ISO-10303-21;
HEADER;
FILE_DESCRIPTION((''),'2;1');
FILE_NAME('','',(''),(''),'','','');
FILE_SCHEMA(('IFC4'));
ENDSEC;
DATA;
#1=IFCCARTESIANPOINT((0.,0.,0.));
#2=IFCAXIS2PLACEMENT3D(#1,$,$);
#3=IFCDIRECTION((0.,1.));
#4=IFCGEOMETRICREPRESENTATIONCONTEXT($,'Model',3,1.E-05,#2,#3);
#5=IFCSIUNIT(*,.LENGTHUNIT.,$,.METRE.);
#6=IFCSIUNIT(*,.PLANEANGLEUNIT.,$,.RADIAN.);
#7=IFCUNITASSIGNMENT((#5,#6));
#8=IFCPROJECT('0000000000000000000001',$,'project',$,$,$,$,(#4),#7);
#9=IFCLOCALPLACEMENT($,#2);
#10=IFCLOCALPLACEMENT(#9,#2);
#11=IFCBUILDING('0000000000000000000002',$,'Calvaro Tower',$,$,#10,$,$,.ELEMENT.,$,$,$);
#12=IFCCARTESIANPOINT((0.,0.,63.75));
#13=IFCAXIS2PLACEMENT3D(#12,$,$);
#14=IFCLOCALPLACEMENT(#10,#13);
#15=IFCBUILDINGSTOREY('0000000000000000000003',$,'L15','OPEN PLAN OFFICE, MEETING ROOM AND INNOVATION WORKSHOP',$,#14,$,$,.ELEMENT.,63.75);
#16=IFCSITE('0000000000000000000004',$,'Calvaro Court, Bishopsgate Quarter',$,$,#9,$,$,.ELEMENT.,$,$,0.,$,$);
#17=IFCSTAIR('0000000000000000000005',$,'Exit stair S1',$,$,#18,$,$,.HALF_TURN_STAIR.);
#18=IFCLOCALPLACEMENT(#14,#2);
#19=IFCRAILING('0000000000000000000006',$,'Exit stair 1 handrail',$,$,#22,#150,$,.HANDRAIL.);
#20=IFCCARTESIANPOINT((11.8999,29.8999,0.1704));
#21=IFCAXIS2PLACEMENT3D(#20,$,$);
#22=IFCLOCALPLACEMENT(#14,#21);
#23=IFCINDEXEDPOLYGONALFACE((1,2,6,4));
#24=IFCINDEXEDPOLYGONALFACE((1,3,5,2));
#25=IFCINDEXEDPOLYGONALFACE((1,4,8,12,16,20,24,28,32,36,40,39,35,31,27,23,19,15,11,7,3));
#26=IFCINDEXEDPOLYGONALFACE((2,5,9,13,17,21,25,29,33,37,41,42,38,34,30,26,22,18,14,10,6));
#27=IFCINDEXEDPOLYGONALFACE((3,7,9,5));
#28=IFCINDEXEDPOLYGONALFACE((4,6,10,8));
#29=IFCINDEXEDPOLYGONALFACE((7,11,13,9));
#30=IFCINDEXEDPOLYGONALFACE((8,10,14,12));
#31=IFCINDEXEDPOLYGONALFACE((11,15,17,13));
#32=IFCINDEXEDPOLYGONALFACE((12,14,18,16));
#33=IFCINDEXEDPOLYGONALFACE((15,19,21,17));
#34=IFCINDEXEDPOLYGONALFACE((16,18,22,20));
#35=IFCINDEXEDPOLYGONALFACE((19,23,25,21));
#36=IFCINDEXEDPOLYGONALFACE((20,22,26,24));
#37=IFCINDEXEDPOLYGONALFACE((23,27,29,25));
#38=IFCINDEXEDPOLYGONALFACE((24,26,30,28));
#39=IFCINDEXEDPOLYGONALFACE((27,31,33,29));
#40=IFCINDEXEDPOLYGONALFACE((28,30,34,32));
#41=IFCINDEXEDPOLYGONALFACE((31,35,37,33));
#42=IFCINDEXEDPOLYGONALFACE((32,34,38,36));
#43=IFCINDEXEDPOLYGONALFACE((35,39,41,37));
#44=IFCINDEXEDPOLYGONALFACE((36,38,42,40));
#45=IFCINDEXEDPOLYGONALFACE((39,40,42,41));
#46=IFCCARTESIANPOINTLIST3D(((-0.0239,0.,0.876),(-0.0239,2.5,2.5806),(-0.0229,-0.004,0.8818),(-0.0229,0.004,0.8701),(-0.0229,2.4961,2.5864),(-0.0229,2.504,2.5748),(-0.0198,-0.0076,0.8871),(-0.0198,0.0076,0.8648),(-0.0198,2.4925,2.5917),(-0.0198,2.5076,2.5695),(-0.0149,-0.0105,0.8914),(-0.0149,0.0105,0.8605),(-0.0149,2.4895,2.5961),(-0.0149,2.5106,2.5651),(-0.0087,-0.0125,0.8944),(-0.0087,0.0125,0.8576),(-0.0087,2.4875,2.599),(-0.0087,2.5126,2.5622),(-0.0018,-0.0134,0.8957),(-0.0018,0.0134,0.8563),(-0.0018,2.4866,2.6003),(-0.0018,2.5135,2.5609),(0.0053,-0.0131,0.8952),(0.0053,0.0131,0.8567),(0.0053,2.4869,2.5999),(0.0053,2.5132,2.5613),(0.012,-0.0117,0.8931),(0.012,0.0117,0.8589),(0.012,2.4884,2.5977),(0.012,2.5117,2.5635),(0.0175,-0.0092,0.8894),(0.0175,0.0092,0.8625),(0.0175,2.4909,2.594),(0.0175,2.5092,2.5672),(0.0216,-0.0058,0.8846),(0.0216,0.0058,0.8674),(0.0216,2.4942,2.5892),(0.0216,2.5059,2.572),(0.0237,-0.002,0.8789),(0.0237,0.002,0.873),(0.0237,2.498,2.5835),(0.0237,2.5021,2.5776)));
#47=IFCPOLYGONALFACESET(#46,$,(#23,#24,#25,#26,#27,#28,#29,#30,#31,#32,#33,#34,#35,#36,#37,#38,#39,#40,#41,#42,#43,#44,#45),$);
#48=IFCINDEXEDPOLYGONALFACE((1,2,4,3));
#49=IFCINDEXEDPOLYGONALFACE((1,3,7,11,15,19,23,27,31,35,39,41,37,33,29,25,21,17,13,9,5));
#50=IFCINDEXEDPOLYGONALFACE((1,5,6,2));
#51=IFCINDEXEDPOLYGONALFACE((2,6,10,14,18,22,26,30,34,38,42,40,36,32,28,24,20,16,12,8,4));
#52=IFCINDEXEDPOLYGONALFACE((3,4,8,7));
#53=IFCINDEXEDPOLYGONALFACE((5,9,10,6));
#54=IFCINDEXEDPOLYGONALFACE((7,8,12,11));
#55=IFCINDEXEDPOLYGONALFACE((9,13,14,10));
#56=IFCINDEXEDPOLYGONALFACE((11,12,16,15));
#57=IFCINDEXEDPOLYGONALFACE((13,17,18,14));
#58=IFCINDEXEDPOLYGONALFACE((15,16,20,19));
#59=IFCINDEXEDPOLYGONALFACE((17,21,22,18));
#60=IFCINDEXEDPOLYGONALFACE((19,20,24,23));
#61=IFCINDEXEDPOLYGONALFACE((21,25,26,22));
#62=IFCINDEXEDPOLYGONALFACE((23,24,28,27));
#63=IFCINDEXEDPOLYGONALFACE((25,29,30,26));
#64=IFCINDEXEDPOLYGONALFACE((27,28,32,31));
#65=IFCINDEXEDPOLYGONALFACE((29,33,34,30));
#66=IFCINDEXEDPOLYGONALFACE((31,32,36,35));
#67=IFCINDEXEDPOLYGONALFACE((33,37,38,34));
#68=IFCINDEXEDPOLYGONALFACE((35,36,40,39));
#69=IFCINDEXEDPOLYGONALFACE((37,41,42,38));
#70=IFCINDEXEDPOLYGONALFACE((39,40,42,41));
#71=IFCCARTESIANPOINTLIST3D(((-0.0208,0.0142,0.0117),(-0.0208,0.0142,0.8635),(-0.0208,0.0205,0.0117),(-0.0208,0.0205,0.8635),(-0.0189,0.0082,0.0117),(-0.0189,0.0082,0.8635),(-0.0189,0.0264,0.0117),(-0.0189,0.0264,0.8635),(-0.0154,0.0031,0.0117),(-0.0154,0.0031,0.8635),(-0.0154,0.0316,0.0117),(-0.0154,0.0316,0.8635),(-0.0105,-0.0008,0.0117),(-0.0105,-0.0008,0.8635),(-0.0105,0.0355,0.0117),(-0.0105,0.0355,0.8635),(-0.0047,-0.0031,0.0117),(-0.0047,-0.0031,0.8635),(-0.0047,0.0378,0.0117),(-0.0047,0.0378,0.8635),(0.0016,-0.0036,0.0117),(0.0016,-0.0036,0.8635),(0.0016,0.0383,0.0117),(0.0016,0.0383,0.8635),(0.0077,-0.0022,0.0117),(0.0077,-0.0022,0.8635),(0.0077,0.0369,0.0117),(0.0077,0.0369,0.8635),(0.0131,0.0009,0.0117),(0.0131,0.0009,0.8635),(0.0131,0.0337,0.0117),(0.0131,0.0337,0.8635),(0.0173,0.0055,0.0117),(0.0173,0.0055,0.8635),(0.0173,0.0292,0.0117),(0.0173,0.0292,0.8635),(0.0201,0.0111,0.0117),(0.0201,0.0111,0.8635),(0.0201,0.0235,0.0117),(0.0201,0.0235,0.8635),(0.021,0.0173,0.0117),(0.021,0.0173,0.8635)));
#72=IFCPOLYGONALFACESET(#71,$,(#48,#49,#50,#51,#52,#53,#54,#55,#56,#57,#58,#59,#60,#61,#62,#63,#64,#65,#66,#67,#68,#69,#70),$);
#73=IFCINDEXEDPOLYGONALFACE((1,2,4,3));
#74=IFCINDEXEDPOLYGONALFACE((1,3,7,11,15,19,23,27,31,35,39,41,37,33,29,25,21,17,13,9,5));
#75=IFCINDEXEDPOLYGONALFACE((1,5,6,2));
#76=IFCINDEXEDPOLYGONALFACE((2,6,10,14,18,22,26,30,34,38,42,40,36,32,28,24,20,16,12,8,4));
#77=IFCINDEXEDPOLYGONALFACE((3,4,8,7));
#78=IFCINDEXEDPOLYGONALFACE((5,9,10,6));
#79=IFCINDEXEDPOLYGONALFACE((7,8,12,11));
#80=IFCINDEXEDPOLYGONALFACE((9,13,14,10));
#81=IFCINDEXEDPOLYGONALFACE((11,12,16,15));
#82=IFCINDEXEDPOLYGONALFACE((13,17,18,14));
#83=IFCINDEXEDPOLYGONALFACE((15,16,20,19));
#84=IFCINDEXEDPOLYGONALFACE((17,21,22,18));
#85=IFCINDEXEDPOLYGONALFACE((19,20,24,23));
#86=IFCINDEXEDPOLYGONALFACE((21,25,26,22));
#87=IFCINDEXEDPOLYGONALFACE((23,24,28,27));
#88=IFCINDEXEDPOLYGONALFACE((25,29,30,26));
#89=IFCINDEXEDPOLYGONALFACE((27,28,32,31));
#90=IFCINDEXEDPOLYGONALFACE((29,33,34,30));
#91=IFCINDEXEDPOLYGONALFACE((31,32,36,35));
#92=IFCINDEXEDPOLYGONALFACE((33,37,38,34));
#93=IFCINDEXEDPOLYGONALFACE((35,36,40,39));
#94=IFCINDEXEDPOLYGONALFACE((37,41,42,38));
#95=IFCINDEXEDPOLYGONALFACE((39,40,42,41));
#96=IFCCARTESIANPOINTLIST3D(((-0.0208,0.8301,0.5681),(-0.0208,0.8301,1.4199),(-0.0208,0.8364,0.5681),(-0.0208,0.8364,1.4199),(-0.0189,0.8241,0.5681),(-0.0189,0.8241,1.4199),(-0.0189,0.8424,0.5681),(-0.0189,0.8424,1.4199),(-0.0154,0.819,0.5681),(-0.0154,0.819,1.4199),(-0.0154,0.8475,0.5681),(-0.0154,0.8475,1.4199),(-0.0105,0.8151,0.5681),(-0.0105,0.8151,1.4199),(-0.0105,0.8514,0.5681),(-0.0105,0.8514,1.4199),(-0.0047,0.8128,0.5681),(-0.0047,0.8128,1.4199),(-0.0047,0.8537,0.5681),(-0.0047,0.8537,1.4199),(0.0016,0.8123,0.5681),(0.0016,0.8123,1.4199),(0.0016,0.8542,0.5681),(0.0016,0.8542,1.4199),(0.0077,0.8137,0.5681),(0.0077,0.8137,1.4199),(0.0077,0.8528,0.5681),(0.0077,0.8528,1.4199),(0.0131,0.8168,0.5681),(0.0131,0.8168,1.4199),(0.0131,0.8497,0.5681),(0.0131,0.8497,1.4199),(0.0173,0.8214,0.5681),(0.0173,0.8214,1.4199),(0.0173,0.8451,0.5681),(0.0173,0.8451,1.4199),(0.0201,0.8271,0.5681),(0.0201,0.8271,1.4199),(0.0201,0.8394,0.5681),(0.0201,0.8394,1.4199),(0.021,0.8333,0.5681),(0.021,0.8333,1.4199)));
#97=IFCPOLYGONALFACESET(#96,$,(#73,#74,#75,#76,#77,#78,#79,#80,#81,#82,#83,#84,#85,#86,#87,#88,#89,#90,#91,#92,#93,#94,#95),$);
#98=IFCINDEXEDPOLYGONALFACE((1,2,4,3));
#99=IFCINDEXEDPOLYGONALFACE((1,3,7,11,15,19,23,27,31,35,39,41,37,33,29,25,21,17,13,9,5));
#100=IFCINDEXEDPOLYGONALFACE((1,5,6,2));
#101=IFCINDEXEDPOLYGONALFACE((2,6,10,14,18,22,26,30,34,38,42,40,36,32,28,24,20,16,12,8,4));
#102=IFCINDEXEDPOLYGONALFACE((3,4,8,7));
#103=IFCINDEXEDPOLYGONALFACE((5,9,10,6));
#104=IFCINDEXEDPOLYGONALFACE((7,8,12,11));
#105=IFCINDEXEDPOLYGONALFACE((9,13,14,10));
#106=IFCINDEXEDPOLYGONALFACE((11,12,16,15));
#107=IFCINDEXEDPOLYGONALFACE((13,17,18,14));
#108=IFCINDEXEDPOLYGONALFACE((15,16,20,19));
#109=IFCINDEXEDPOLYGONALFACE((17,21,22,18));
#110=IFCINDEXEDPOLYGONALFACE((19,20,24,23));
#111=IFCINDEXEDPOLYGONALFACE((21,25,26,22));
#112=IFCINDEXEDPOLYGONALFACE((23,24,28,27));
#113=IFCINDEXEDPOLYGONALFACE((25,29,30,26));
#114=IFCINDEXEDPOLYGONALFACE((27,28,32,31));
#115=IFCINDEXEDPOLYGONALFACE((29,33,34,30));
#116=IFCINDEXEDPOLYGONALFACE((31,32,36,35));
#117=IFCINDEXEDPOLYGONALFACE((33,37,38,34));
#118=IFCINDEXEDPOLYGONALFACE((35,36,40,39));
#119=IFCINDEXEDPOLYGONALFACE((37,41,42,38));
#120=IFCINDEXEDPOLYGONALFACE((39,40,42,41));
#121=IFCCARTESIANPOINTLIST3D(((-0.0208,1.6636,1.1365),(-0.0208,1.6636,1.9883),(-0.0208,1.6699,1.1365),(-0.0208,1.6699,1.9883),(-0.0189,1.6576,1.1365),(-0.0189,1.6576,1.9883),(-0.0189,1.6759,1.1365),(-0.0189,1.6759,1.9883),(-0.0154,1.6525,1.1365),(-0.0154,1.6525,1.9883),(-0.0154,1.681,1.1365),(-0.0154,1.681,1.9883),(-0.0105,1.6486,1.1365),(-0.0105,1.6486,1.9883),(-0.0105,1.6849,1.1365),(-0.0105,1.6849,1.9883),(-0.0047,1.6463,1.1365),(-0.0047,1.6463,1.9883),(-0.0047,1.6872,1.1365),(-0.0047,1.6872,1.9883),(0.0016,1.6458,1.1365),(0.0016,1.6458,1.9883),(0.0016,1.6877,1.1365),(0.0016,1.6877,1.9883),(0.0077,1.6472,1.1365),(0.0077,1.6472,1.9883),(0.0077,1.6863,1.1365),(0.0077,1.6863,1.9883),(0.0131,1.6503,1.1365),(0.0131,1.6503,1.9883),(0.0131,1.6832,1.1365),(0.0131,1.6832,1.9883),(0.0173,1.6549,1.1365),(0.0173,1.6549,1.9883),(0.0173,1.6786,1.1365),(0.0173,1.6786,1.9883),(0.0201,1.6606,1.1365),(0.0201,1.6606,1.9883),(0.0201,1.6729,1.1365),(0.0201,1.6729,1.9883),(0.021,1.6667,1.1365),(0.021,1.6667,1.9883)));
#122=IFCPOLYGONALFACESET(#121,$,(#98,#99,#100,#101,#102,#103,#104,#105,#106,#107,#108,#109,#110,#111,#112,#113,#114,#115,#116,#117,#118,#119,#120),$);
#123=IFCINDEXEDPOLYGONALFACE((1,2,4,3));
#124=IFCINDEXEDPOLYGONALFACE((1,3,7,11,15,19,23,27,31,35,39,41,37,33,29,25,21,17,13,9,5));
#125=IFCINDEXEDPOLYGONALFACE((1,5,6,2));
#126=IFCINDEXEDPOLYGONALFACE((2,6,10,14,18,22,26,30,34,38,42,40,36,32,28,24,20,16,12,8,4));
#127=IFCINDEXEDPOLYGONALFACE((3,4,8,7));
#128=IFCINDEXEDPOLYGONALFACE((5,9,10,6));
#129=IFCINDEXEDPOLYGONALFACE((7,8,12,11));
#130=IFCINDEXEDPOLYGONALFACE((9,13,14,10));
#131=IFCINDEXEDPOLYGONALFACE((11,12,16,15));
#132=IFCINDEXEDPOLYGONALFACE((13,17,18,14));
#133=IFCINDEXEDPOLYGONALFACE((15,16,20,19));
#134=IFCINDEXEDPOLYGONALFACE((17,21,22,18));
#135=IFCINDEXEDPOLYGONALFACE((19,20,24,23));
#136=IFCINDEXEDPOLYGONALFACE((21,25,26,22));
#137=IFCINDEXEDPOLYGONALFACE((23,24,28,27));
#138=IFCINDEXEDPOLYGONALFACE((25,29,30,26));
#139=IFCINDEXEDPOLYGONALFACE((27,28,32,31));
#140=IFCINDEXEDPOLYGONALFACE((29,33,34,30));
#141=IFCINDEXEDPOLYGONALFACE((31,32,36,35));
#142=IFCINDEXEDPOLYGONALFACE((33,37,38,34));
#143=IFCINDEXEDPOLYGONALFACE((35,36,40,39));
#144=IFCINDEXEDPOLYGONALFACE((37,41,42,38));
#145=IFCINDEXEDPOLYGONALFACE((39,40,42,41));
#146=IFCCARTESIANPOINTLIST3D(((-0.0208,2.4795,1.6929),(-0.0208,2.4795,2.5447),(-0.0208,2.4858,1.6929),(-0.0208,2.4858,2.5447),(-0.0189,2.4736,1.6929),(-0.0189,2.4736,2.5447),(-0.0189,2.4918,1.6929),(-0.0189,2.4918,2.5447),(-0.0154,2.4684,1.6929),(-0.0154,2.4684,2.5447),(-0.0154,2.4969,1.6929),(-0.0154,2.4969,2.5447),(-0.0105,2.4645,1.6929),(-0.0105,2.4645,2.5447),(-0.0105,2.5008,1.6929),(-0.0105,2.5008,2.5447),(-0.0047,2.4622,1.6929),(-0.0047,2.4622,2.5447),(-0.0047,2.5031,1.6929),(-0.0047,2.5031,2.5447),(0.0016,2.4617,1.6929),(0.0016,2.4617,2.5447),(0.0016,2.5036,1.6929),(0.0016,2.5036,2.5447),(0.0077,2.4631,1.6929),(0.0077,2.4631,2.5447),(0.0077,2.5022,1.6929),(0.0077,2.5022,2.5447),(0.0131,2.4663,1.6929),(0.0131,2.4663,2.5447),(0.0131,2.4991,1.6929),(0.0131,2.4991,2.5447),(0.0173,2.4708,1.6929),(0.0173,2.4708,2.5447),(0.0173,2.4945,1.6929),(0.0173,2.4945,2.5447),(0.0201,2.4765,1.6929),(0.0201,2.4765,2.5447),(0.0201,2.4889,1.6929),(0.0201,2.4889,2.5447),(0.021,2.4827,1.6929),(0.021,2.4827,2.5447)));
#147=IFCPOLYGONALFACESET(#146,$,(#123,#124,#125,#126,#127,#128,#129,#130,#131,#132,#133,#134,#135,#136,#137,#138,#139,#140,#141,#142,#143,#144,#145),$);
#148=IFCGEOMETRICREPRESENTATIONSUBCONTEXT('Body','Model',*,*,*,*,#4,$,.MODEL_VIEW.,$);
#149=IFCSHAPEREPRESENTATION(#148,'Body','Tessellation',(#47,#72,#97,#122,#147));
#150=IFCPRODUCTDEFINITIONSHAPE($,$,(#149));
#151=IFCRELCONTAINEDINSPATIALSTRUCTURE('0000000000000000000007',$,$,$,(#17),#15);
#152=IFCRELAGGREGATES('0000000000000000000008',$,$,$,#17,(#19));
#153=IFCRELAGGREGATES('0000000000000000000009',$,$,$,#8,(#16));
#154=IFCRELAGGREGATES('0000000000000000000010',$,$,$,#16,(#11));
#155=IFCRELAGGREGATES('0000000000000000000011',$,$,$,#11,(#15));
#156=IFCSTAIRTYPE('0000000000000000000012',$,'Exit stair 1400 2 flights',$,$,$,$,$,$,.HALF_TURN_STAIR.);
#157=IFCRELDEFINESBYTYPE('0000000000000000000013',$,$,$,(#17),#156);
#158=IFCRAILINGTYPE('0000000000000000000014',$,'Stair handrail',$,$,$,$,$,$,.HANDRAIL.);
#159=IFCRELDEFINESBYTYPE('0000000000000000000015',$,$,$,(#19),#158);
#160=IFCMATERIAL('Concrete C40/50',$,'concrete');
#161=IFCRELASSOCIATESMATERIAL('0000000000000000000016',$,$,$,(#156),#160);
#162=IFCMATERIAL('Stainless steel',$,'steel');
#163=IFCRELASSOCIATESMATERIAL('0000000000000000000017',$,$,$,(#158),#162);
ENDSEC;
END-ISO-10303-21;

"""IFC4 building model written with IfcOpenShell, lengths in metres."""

from ifc_helpers import new_model, si_unit, direction, frame, origin, origin_2d, place, context, subcontext, project, spatial, circle, extrude, material, type_object, element, aggregate, save


model = new_model("IFC4")

# Units and contexts
model_context = context("Model", 3, precision=1e-05, world=origin(), true_north=direction((0.0, 1.0)))
body_context = subcontext(model_context, "Body", "Model", "MODEL_VIEW")
ifc_project = project(units=[si_unit("LENGTHUNIT", "METRE"), si_unit("PLANEANGLEUNIT", "RADIAN")], contexts=[model_context])

# Site, building, storey
site_placement = place(None, origin())
site = spatial("IfcSite", under=ifc_project, at=site_placement, Name="Calvaro Court, Bishopsgate Quarter", CompositionType="ELEMENT", RefElevation=0.0)
building_placement = place(site_placement, origin())
building = spatial("IfcBuilding", under=site, at=building_placement, Name="Calvaro Tower", CompositionType="ELEMENT")
storey_placement = place(building_placement, frame((0.0, 0.0, 63.75)))
storey = spatial("IfcBuildingStorey", under=building, at=storey_placement, Name="L15", Description="OPEN PLAN OFFICE, MEETING ROOM AND INNOVATION WORKSHOP", CompositionType="ELEMENT", Elevation=63.75)

# Stair, railing
ifc_material_1 = material(Name="Concrete C40/50", Category="concrete")
stair_type = type_object("IfcStairType", Name="Exit stair 1400 2 flights", PredefinedType="HALF_TURN_STAIR", material=ifc_material_1)
stair_placement = place(storey_placement, origin())
stair = element("IfcStair", 1, at=stair_placement, inside=storey, type_object=stair_type, Name="Exit stair S1", PredefinedType="HALF_TURN_STAIR")
ifc_material_2 = material(Name="Stainless steel", Category="steel")
railing_type = type_object("IfcRailingType", Name="Stair handrail", PredefinedType="HANDRAIL", material=ifc_material_2)
railing_1_placement = place(storey_placement, frame((11.8999, 29.8999, 0.1704)))
railing_1 = element("IfcRailing", 2, at=railing_1_placement, type_object=railing_type, Name="Exit stair 1 handrail", PredefinedType="HANDRAIL", context=body_context, shape_type="SweptSolid", body=[
    extrude(circle(Radius=0.0239, at=origin_2d()), frame((0.0, 0.0, 0.876), z_axis=(0.0, 0.826221, 0.563347), x_axis=(-1.0, 0.0, 0.0)), (0.0, 0.0, 1.0), 3.0259),
    extrude(circle(Radius=0.021, at=origin_2d()), frame((0.0, 0.0173, 0.0117)), (0.0, 0.0, 1.0), 0.8518),
    extrude(circle(Radius=0.021, at=origin_2d()), frame((0.0, 0.8333, 0.5681)), (0.0, 0.0, 1.0), 0.8518),
    extrude(circle(Radius=0.021, at=origin_2d()), frame((0.0, 1.6667, 1.1365)), (0.0, 0.0, 1.0), 0.8518),
    extrude(circle(Radius=0.021, at=origin_2d()), frame((0.0, 2.4827, 1.6929)), (0.0, 0.0, 1.0), 0.8518),
])
aggregate(stair, [railing_1])

save(model, "model.ifc")
